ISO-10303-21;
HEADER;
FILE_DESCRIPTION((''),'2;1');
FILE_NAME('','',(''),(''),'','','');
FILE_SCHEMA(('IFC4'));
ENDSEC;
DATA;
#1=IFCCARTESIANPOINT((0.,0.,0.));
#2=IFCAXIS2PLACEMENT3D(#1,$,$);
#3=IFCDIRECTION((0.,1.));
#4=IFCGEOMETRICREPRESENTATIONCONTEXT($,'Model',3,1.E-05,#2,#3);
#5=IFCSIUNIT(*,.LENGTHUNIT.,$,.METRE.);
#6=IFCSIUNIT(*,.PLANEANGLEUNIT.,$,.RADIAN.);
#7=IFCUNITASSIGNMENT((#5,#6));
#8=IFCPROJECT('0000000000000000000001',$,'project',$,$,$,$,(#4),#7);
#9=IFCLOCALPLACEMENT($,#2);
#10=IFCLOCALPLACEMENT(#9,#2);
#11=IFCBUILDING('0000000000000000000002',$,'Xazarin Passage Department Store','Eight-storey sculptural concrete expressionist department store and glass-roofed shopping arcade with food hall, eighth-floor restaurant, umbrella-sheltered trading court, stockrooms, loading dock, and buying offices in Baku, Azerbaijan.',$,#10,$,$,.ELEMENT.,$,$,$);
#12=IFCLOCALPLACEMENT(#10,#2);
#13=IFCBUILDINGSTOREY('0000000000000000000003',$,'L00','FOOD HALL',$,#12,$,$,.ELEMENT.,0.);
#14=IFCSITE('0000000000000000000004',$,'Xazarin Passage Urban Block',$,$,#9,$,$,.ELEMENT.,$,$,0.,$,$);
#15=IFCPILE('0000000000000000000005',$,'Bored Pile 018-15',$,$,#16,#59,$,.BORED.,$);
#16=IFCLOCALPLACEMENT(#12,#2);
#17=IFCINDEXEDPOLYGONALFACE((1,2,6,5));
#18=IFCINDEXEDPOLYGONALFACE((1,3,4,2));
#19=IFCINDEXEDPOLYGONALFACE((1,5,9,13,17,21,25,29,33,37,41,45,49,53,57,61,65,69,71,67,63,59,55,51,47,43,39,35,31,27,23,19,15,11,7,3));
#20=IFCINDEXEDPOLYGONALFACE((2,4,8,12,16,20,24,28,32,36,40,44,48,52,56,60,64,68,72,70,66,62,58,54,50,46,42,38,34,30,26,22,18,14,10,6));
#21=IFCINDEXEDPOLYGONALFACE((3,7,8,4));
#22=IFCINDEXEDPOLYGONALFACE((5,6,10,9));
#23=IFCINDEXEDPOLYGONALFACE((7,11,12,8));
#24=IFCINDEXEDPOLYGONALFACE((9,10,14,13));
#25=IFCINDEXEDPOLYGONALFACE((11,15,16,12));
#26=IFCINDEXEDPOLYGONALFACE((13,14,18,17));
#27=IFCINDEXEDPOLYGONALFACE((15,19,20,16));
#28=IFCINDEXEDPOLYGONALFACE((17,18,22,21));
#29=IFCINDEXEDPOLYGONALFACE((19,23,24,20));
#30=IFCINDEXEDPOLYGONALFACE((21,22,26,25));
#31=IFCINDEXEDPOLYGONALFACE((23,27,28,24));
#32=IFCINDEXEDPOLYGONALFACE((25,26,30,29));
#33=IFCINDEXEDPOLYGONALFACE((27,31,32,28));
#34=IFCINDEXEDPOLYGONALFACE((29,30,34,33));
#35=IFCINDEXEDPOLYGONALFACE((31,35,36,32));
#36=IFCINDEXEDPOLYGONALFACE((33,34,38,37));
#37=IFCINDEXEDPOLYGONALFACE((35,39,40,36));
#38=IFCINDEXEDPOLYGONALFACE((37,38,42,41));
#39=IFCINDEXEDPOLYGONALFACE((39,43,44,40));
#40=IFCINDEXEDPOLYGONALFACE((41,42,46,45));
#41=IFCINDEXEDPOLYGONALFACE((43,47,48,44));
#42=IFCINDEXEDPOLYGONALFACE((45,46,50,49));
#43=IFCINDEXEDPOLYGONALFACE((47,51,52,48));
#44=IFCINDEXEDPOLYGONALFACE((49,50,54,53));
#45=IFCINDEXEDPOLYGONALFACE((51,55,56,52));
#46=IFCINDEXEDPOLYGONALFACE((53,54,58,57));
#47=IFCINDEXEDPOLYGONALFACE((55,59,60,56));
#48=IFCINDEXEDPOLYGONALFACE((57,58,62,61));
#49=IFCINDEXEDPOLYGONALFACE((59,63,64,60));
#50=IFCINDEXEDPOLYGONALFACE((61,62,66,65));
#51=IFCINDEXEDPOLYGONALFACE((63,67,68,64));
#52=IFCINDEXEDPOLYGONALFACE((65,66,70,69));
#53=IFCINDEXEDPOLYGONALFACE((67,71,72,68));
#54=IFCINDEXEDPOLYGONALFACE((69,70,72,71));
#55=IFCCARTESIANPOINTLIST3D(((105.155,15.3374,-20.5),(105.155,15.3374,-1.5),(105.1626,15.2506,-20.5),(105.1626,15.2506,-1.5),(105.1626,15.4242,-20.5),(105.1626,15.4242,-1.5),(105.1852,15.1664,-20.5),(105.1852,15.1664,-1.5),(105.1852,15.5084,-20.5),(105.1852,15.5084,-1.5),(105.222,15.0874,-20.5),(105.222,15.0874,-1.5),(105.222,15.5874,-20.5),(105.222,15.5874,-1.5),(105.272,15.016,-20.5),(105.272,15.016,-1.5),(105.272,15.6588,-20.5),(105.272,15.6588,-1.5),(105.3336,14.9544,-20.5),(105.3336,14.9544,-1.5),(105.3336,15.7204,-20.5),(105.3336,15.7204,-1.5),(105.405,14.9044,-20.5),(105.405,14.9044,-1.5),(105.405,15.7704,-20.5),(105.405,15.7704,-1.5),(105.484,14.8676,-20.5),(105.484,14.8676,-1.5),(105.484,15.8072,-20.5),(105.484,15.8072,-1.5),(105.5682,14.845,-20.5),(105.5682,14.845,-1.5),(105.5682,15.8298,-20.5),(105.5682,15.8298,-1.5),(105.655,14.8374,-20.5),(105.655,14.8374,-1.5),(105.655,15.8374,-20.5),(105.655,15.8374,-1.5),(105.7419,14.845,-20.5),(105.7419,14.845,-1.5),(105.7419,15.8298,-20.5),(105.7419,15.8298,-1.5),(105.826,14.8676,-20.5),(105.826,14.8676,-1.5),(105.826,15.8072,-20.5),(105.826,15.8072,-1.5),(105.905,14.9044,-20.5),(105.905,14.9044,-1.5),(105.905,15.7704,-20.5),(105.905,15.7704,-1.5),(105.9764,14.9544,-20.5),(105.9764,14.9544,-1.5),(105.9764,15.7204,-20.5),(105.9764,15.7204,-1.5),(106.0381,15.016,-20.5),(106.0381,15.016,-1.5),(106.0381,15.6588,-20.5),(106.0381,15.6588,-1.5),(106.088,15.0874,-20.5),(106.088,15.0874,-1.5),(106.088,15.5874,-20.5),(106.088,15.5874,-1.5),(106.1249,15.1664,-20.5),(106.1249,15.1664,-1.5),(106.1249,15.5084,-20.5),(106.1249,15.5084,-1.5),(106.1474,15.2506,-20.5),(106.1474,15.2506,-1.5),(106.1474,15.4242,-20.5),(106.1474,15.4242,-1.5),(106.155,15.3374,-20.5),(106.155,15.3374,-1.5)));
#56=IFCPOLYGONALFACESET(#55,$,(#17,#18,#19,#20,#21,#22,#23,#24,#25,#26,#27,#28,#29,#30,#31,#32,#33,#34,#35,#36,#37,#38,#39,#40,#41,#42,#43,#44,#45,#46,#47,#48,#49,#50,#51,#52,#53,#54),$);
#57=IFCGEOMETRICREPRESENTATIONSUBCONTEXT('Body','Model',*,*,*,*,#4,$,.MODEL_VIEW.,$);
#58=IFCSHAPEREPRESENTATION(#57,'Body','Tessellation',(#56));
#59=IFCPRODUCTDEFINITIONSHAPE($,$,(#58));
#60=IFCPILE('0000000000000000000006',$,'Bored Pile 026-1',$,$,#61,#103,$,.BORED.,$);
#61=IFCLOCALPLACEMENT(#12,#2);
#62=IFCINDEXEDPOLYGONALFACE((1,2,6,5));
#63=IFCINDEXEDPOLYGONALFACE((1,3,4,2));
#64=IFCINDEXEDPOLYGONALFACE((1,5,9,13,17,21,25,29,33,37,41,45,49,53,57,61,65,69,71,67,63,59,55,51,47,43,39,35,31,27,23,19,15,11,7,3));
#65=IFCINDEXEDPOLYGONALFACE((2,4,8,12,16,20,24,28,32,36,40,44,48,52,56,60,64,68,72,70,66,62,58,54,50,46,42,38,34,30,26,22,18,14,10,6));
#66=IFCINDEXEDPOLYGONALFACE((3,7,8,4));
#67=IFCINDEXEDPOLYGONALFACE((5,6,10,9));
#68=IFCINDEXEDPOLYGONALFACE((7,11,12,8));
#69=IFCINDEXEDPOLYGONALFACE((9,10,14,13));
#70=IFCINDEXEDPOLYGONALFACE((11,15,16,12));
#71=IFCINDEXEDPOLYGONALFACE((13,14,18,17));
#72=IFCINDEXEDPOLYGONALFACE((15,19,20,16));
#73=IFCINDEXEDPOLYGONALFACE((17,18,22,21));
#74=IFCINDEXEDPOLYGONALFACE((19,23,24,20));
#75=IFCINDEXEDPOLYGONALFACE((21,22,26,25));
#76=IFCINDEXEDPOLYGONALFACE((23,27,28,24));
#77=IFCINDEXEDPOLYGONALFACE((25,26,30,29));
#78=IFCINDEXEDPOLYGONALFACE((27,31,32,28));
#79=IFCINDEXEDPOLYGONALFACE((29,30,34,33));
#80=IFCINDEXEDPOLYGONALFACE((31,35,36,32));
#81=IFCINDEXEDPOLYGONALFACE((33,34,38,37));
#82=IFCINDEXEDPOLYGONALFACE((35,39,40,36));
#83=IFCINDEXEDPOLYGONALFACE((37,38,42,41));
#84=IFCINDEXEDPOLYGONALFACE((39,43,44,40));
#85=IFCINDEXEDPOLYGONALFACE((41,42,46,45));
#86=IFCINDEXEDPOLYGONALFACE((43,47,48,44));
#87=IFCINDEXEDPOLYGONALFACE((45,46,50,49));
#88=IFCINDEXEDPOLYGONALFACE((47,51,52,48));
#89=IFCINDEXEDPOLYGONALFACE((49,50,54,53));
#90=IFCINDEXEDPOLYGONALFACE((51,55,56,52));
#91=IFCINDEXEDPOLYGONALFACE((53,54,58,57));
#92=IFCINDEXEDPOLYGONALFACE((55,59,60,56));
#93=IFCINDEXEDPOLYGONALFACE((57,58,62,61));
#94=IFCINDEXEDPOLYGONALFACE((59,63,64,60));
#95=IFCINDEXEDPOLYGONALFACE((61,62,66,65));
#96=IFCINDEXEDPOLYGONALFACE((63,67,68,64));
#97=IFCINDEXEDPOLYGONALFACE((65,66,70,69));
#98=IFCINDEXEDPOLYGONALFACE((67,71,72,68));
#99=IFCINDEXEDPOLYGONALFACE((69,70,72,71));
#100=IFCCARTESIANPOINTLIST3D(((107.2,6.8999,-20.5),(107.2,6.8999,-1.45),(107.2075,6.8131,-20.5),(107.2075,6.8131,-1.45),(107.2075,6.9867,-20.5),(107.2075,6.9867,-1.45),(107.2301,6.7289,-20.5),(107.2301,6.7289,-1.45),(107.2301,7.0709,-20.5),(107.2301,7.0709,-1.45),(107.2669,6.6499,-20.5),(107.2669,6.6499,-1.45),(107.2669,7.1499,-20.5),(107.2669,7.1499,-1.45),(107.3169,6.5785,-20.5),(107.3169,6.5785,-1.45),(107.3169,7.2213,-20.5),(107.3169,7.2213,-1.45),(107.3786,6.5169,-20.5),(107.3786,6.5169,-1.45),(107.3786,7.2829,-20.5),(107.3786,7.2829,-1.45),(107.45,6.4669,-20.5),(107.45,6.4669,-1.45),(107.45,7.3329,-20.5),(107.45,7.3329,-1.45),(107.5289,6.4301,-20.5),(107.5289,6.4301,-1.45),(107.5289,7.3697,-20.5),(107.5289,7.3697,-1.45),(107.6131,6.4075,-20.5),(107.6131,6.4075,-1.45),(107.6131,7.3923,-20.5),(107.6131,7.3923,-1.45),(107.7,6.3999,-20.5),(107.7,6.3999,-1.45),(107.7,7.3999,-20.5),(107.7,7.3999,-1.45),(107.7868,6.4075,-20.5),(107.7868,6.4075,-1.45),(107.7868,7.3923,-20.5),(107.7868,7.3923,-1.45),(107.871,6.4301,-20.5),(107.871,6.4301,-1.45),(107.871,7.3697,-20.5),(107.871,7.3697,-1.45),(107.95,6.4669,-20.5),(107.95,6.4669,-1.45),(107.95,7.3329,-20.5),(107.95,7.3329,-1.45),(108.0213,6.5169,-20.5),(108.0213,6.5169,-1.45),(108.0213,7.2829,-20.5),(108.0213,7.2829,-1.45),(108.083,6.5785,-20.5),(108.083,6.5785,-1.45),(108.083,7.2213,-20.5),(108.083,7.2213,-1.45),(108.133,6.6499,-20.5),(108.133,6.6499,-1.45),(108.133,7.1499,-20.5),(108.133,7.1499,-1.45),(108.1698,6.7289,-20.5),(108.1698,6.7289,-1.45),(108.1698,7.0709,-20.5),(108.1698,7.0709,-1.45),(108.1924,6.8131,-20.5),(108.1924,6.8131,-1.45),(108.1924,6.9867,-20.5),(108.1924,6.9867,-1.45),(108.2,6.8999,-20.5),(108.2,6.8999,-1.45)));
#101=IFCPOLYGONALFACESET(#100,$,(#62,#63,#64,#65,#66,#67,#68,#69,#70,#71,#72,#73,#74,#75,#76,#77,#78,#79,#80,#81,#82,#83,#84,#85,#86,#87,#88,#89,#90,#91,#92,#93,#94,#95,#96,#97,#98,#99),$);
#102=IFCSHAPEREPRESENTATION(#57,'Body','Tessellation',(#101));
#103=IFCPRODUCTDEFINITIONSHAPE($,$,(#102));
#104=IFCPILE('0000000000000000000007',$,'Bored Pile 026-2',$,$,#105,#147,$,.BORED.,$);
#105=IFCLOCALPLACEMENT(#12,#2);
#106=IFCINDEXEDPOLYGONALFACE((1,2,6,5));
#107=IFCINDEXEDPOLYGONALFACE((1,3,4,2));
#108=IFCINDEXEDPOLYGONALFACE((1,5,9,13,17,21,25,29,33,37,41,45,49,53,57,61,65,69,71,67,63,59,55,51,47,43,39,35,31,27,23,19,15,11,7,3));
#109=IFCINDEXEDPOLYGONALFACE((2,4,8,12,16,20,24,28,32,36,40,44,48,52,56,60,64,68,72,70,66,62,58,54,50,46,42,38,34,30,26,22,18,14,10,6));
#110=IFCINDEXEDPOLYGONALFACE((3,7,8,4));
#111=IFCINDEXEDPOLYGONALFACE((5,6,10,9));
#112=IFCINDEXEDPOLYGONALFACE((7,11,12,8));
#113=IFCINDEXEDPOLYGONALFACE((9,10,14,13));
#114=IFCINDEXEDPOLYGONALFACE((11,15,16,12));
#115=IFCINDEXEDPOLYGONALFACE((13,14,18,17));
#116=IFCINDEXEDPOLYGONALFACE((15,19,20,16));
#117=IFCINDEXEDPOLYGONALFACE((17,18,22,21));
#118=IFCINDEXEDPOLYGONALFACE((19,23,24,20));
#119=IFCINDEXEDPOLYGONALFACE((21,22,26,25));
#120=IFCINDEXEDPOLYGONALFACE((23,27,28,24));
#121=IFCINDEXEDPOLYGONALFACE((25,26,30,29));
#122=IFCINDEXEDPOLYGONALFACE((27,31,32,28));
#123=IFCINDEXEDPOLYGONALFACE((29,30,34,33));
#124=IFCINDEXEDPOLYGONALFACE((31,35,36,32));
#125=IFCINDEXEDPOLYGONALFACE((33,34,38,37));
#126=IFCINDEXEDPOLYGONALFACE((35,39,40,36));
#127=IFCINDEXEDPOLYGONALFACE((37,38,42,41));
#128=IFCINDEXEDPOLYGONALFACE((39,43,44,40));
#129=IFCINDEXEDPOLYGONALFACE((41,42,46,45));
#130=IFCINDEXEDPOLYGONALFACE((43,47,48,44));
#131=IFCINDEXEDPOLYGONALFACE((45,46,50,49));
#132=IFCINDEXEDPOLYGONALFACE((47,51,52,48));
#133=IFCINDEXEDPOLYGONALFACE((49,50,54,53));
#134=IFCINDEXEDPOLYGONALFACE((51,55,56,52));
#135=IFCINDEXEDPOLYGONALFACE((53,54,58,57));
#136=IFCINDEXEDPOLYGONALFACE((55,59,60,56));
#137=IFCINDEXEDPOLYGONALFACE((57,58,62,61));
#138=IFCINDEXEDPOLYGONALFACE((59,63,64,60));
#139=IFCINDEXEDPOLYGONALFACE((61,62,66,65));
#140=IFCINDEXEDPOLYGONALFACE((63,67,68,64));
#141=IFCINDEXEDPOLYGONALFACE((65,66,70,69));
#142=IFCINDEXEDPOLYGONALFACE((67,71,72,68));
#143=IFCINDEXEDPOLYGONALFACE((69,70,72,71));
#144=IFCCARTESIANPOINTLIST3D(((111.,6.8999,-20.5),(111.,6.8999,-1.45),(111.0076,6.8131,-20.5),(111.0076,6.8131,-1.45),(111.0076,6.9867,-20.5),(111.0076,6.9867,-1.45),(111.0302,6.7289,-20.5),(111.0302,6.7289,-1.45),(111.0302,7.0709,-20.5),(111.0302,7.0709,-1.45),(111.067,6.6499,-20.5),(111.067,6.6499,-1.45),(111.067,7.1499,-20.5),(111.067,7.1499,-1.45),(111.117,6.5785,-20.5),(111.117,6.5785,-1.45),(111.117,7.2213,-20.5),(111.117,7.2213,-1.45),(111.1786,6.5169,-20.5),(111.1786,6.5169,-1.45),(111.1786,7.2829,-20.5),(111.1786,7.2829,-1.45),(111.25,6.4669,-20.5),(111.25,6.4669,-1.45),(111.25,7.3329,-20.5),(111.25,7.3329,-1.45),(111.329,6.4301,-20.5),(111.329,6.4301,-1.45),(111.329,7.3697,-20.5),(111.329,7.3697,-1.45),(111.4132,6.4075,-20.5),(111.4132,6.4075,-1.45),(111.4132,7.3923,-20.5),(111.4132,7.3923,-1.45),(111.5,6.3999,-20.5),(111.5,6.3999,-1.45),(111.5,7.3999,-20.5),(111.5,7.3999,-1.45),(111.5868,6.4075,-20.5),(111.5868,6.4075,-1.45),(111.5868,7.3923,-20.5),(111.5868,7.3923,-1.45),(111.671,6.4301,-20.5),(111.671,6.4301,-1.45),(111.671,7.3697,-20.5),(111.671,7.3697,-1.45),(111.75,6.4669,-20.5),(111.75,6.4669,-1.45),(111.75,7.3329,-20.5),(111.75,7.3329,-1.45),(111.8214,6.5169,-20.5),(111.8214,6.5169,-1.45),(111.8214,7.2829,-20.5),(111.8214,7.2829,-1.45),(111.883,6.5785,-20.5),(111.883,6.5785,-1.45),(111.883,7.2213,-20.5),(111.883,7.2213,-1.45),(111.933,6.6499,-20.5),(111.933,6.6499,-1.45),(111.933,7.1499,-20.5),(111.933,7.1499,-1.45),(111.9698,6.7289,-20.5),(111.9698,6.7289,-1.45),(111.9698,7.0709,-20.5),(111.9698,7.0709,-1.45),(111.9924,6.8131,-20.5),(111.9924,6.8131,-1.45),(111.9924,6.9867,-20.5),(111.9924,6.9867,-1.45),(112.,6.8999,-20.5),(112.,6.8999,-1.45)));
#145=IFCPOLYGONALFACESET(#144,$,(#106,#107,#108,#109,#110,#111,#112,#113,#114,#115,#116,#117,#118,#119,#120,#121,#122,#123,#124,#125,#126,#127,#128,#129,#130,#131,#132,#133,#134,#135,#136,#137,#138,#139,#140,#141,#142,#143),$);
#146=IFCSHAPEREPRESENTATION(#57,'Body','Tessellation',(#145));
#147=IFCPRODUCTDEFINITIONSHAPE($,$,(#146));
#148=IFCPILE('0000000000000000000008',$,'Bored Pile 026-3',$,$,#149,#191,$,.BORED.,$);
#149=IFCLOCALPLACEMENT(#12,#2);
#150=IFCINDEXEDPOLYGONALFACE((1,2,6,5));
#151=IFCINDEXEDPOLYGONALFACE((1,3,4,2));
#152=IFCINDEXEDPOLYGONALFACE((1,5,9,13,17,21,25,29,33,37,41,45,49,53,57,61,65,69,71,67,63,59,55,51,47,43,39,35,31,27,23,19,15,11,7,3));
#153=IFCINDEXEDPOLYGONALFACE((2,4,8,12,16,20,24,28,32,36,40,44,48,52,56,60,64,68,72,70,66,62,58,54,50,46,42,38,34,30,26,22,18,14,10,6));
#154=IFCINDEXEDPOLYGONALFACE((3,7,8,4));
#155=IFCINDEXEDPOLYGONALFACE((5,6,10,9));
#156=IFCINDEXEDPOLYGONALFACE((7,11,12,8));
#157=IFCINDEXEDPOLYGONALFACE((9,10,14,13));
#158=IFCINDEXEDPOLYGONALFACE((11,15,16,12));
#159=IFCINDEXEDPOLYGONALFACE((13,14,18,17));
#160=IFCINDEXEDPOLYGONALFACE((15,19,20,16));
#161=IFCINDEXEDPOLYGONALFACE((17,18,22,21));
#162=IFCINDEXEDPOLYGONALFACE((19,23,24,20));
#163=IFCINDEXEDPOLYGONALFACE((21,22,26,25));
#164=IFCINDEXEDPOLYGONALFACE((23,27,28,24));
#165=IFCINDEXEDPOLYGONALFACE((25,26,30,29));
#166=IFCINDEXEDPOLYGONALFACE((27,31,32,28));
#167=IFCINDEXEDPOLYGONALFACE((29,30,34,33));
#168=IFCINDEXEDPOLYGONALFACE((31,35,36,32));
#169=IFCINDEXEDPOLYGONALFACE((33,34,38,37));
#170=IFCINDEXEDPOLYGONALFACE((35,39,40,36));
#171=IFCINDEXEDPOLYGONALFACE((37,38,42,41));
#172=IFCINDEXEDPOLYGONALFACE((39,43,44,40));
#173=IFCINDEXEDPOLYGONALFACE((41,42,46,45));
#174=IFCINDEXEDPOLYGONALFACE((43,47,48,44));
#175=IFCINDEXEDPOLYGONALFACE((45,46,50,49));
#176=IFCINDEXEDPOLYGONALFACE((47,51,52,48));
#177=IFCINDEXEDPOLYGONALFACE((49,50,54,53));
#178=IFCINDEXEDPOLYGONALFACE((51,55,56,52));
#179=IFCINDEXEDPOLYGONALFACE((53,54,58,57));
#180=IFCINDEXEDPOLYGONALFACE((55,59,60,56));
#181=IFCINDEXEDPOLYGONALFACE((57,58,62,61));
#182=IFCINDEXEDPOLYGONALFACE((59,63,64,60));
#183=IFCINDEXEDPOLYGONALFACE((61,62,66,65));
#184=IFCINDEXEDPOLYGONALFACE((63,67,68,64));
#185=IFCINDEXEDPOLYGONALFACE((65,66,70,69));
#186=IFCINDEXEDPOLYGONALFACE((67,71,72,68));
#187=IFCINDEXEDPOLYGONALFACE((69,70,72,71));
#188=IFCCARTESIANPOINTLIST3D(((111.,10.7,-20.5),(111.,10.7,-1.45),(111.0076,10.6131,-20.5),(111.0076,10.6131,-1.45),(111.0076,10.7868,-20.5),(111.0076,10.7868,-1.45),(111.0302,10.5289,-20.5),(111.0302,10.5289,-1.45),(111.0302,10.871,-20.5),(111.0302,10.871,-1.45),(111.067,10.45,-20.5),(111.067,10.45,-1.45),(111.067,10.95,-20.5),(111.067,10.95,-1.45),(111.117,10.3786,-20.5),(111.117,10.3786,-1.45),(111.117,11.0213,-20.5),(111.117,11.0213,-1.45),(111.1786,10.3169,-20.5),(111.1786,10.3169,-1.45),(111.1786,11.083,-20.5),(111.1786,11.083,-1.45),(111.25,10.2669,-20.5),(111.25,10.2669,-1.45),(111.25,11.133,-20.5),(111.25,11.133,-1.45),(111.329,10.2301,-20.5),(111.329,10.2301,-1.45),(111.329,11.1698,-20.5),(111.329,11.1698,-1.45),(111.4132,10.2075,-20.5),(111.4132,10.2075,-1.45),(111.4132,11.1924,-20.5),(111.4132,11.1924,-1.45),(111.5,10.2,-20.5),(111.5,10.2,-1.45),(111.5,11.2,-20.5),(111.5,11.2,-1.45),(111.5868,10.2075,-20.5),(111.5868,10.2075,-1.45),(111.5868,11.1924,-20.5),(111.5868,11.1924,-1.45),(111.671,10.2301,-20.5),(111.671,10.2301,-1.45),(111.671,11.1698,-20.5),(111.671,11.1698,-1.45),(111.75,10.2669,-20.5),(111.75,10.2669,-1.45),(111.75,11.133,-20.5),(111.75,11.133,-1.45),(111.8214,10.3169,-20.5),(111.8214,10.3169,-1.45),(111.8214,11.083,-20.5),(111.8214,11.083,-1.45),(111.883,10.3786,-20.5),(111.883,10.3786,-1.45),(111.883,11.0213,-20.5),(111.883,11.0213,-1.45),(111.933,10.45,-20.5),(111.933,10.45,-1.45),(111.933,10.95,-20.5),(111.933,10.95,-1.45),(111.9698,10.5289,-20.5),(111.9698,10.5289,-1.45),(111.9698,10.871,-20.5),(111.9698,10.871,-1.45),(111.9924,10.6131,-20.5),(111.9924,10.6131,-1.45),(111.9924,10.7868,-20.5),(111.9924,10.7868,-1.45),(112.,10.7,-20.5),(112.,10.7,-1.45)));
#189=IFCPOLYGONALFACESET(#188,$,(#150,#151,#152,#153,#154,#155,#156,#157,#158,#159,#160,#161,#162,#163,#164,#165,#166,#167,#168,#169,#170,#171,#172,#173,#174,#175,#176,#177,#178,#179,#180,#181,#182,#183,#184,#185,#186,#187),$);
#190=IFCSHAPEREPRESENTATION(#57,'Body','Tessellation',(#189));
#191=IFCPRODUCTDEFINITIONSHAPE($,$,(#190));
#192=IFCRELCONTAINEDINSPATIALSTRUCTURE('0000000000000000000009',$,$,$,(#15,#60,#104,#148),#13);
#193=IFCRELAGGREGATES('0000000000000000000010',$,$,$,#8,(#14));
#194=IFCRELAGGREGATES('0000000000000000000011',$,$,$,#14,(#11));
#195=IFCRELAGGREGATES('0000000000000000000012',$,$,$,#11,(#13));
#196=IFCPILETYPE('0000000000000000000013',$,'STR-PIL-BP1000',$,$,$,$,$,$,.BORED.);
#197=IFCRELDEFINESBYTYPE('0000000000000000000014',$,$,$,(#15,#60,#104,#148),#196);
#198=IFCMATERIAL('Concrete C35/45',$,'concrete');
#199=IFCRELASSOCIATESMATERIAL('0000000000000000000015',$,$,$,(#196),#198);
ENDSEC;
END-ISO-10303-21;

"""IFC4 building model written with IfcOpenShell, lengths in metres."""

from ifc_helpers import new_model, si_unit, direction, frame, origin, origin_2d, place, context, subcontext, project, spatial, circle, extrude, material, material_profile, profile_set, type_object, element, save


model = new_model("IFC4")

# Units and contexts
model_context = context("Model", 3, precision=1e-05, world=origin(), true_north=direction((0.0, 1.0)))
body_context = subcontext(model_context, "Body", "Model", "MODEL_VIEW")
ifc_project = project(units=[si_unit("LENGTHUNIT", "METRE"), si_unit("PLANEANGLEUNIT", "RADIAN")], contexts=[model_context])

# Site, building, storey
site_placement = place(None, origin())
site = spatial("IfcSite", under=ifc_project, at=site_placement, Name="Xazarin Passage Urban Block", CompositionType="ELEMENT", RefElevation=0.0)
building_placement = place(site_placement, origin())
building = spatial("IfcBuilding", under=site, at=building_placement, Name="Xazarin Passage Department Store", Description="Eight-storey sculptural concrete expressionist department store and glass-roofed shopping arcade with food hall, eighth-floor restaurant, umbrella-sheltered trading court, stockrooms, loading dock, and buying offices in Baku, Azerbaijan.", CompositionType="ELEMENT")
storey_placement = place(building_placement, origin())
storey = spatial("IfcBuildingStorey", under=building, at=storey_placement, Name="L00", Description="FOOD HALL", CompositionType="ELEMENT", Elevation=0.0)

# Shared definitions
ifc_material_1 = material(Name="Concrete C35/45", Category="concrete")

# Piles
ifc_material_profile_1 = material_profile(ifc_material_1, circle(Radius=0.5, at=origin_2d()), Name="BP 1000")
ifc_profile_set_1 = profile_set([ifc_material_profile_1], Name="Concrete C35/45")
pile_type_1 = type_object("IfcPileType", Name="STR-PIL-BP1000", PredefinedType="BORED", material=ifc_profile_set_1)
for number, where, z_axis, x_axis, name in (
    (1, (105.655, 15.3374, -1.5), (0.0, 0.0, -1.0), (1.0, 0.0, 0.0), "Bored Pile 018-15"),
):
    element("IfcPile", number, at=place(storey_placement, frame(where, z_axis=z_axis, x_axis=x_axis)), inside=storey, type_object=pile_type_1, Name=name, PredefinedType="BORED", context=body_context, shape_type="SweptSolid", body=[
        extrude(circle(Radius=0.5, at=origin_2d()), origin(), (0.0, 0.0, 1.0), 19.0),
    ])
for number, where, z_axis, x_axis, name in (
    (2, (107.7, 6.8999, -1.45), (0.0, 0.0, -1.0), (1.0, 0.0, 0.0), "Bored Pile 026-1"),
    (3, (111.5, 6.8999, -1.45), (0.0, 0.0, -1.0), (1.0, 0.0, 0.0), "Bored Pile 026-2"),
    (4, (111.5, 10.7, -1.45), (0.0, 0.0, -1.0), (1.0, 0.0, 0.0), "Bored Pile 026-3"),
):
    element("IfcPile", number, at=place(storey_placement, frame(where, z_axis=z_axis, x_axis=x_axis)), inside=storey, type_object=pile_type_1, Name=name, PredefinedType="BORED", context=body_context, shape_type="SweptSolid", body=[
        extrude(circle(Radius=0.5, at=origin_2d()), origin(), (0.0, 0.0, 1.0), 19.05),
    ])

save(model, "model.ifc")
